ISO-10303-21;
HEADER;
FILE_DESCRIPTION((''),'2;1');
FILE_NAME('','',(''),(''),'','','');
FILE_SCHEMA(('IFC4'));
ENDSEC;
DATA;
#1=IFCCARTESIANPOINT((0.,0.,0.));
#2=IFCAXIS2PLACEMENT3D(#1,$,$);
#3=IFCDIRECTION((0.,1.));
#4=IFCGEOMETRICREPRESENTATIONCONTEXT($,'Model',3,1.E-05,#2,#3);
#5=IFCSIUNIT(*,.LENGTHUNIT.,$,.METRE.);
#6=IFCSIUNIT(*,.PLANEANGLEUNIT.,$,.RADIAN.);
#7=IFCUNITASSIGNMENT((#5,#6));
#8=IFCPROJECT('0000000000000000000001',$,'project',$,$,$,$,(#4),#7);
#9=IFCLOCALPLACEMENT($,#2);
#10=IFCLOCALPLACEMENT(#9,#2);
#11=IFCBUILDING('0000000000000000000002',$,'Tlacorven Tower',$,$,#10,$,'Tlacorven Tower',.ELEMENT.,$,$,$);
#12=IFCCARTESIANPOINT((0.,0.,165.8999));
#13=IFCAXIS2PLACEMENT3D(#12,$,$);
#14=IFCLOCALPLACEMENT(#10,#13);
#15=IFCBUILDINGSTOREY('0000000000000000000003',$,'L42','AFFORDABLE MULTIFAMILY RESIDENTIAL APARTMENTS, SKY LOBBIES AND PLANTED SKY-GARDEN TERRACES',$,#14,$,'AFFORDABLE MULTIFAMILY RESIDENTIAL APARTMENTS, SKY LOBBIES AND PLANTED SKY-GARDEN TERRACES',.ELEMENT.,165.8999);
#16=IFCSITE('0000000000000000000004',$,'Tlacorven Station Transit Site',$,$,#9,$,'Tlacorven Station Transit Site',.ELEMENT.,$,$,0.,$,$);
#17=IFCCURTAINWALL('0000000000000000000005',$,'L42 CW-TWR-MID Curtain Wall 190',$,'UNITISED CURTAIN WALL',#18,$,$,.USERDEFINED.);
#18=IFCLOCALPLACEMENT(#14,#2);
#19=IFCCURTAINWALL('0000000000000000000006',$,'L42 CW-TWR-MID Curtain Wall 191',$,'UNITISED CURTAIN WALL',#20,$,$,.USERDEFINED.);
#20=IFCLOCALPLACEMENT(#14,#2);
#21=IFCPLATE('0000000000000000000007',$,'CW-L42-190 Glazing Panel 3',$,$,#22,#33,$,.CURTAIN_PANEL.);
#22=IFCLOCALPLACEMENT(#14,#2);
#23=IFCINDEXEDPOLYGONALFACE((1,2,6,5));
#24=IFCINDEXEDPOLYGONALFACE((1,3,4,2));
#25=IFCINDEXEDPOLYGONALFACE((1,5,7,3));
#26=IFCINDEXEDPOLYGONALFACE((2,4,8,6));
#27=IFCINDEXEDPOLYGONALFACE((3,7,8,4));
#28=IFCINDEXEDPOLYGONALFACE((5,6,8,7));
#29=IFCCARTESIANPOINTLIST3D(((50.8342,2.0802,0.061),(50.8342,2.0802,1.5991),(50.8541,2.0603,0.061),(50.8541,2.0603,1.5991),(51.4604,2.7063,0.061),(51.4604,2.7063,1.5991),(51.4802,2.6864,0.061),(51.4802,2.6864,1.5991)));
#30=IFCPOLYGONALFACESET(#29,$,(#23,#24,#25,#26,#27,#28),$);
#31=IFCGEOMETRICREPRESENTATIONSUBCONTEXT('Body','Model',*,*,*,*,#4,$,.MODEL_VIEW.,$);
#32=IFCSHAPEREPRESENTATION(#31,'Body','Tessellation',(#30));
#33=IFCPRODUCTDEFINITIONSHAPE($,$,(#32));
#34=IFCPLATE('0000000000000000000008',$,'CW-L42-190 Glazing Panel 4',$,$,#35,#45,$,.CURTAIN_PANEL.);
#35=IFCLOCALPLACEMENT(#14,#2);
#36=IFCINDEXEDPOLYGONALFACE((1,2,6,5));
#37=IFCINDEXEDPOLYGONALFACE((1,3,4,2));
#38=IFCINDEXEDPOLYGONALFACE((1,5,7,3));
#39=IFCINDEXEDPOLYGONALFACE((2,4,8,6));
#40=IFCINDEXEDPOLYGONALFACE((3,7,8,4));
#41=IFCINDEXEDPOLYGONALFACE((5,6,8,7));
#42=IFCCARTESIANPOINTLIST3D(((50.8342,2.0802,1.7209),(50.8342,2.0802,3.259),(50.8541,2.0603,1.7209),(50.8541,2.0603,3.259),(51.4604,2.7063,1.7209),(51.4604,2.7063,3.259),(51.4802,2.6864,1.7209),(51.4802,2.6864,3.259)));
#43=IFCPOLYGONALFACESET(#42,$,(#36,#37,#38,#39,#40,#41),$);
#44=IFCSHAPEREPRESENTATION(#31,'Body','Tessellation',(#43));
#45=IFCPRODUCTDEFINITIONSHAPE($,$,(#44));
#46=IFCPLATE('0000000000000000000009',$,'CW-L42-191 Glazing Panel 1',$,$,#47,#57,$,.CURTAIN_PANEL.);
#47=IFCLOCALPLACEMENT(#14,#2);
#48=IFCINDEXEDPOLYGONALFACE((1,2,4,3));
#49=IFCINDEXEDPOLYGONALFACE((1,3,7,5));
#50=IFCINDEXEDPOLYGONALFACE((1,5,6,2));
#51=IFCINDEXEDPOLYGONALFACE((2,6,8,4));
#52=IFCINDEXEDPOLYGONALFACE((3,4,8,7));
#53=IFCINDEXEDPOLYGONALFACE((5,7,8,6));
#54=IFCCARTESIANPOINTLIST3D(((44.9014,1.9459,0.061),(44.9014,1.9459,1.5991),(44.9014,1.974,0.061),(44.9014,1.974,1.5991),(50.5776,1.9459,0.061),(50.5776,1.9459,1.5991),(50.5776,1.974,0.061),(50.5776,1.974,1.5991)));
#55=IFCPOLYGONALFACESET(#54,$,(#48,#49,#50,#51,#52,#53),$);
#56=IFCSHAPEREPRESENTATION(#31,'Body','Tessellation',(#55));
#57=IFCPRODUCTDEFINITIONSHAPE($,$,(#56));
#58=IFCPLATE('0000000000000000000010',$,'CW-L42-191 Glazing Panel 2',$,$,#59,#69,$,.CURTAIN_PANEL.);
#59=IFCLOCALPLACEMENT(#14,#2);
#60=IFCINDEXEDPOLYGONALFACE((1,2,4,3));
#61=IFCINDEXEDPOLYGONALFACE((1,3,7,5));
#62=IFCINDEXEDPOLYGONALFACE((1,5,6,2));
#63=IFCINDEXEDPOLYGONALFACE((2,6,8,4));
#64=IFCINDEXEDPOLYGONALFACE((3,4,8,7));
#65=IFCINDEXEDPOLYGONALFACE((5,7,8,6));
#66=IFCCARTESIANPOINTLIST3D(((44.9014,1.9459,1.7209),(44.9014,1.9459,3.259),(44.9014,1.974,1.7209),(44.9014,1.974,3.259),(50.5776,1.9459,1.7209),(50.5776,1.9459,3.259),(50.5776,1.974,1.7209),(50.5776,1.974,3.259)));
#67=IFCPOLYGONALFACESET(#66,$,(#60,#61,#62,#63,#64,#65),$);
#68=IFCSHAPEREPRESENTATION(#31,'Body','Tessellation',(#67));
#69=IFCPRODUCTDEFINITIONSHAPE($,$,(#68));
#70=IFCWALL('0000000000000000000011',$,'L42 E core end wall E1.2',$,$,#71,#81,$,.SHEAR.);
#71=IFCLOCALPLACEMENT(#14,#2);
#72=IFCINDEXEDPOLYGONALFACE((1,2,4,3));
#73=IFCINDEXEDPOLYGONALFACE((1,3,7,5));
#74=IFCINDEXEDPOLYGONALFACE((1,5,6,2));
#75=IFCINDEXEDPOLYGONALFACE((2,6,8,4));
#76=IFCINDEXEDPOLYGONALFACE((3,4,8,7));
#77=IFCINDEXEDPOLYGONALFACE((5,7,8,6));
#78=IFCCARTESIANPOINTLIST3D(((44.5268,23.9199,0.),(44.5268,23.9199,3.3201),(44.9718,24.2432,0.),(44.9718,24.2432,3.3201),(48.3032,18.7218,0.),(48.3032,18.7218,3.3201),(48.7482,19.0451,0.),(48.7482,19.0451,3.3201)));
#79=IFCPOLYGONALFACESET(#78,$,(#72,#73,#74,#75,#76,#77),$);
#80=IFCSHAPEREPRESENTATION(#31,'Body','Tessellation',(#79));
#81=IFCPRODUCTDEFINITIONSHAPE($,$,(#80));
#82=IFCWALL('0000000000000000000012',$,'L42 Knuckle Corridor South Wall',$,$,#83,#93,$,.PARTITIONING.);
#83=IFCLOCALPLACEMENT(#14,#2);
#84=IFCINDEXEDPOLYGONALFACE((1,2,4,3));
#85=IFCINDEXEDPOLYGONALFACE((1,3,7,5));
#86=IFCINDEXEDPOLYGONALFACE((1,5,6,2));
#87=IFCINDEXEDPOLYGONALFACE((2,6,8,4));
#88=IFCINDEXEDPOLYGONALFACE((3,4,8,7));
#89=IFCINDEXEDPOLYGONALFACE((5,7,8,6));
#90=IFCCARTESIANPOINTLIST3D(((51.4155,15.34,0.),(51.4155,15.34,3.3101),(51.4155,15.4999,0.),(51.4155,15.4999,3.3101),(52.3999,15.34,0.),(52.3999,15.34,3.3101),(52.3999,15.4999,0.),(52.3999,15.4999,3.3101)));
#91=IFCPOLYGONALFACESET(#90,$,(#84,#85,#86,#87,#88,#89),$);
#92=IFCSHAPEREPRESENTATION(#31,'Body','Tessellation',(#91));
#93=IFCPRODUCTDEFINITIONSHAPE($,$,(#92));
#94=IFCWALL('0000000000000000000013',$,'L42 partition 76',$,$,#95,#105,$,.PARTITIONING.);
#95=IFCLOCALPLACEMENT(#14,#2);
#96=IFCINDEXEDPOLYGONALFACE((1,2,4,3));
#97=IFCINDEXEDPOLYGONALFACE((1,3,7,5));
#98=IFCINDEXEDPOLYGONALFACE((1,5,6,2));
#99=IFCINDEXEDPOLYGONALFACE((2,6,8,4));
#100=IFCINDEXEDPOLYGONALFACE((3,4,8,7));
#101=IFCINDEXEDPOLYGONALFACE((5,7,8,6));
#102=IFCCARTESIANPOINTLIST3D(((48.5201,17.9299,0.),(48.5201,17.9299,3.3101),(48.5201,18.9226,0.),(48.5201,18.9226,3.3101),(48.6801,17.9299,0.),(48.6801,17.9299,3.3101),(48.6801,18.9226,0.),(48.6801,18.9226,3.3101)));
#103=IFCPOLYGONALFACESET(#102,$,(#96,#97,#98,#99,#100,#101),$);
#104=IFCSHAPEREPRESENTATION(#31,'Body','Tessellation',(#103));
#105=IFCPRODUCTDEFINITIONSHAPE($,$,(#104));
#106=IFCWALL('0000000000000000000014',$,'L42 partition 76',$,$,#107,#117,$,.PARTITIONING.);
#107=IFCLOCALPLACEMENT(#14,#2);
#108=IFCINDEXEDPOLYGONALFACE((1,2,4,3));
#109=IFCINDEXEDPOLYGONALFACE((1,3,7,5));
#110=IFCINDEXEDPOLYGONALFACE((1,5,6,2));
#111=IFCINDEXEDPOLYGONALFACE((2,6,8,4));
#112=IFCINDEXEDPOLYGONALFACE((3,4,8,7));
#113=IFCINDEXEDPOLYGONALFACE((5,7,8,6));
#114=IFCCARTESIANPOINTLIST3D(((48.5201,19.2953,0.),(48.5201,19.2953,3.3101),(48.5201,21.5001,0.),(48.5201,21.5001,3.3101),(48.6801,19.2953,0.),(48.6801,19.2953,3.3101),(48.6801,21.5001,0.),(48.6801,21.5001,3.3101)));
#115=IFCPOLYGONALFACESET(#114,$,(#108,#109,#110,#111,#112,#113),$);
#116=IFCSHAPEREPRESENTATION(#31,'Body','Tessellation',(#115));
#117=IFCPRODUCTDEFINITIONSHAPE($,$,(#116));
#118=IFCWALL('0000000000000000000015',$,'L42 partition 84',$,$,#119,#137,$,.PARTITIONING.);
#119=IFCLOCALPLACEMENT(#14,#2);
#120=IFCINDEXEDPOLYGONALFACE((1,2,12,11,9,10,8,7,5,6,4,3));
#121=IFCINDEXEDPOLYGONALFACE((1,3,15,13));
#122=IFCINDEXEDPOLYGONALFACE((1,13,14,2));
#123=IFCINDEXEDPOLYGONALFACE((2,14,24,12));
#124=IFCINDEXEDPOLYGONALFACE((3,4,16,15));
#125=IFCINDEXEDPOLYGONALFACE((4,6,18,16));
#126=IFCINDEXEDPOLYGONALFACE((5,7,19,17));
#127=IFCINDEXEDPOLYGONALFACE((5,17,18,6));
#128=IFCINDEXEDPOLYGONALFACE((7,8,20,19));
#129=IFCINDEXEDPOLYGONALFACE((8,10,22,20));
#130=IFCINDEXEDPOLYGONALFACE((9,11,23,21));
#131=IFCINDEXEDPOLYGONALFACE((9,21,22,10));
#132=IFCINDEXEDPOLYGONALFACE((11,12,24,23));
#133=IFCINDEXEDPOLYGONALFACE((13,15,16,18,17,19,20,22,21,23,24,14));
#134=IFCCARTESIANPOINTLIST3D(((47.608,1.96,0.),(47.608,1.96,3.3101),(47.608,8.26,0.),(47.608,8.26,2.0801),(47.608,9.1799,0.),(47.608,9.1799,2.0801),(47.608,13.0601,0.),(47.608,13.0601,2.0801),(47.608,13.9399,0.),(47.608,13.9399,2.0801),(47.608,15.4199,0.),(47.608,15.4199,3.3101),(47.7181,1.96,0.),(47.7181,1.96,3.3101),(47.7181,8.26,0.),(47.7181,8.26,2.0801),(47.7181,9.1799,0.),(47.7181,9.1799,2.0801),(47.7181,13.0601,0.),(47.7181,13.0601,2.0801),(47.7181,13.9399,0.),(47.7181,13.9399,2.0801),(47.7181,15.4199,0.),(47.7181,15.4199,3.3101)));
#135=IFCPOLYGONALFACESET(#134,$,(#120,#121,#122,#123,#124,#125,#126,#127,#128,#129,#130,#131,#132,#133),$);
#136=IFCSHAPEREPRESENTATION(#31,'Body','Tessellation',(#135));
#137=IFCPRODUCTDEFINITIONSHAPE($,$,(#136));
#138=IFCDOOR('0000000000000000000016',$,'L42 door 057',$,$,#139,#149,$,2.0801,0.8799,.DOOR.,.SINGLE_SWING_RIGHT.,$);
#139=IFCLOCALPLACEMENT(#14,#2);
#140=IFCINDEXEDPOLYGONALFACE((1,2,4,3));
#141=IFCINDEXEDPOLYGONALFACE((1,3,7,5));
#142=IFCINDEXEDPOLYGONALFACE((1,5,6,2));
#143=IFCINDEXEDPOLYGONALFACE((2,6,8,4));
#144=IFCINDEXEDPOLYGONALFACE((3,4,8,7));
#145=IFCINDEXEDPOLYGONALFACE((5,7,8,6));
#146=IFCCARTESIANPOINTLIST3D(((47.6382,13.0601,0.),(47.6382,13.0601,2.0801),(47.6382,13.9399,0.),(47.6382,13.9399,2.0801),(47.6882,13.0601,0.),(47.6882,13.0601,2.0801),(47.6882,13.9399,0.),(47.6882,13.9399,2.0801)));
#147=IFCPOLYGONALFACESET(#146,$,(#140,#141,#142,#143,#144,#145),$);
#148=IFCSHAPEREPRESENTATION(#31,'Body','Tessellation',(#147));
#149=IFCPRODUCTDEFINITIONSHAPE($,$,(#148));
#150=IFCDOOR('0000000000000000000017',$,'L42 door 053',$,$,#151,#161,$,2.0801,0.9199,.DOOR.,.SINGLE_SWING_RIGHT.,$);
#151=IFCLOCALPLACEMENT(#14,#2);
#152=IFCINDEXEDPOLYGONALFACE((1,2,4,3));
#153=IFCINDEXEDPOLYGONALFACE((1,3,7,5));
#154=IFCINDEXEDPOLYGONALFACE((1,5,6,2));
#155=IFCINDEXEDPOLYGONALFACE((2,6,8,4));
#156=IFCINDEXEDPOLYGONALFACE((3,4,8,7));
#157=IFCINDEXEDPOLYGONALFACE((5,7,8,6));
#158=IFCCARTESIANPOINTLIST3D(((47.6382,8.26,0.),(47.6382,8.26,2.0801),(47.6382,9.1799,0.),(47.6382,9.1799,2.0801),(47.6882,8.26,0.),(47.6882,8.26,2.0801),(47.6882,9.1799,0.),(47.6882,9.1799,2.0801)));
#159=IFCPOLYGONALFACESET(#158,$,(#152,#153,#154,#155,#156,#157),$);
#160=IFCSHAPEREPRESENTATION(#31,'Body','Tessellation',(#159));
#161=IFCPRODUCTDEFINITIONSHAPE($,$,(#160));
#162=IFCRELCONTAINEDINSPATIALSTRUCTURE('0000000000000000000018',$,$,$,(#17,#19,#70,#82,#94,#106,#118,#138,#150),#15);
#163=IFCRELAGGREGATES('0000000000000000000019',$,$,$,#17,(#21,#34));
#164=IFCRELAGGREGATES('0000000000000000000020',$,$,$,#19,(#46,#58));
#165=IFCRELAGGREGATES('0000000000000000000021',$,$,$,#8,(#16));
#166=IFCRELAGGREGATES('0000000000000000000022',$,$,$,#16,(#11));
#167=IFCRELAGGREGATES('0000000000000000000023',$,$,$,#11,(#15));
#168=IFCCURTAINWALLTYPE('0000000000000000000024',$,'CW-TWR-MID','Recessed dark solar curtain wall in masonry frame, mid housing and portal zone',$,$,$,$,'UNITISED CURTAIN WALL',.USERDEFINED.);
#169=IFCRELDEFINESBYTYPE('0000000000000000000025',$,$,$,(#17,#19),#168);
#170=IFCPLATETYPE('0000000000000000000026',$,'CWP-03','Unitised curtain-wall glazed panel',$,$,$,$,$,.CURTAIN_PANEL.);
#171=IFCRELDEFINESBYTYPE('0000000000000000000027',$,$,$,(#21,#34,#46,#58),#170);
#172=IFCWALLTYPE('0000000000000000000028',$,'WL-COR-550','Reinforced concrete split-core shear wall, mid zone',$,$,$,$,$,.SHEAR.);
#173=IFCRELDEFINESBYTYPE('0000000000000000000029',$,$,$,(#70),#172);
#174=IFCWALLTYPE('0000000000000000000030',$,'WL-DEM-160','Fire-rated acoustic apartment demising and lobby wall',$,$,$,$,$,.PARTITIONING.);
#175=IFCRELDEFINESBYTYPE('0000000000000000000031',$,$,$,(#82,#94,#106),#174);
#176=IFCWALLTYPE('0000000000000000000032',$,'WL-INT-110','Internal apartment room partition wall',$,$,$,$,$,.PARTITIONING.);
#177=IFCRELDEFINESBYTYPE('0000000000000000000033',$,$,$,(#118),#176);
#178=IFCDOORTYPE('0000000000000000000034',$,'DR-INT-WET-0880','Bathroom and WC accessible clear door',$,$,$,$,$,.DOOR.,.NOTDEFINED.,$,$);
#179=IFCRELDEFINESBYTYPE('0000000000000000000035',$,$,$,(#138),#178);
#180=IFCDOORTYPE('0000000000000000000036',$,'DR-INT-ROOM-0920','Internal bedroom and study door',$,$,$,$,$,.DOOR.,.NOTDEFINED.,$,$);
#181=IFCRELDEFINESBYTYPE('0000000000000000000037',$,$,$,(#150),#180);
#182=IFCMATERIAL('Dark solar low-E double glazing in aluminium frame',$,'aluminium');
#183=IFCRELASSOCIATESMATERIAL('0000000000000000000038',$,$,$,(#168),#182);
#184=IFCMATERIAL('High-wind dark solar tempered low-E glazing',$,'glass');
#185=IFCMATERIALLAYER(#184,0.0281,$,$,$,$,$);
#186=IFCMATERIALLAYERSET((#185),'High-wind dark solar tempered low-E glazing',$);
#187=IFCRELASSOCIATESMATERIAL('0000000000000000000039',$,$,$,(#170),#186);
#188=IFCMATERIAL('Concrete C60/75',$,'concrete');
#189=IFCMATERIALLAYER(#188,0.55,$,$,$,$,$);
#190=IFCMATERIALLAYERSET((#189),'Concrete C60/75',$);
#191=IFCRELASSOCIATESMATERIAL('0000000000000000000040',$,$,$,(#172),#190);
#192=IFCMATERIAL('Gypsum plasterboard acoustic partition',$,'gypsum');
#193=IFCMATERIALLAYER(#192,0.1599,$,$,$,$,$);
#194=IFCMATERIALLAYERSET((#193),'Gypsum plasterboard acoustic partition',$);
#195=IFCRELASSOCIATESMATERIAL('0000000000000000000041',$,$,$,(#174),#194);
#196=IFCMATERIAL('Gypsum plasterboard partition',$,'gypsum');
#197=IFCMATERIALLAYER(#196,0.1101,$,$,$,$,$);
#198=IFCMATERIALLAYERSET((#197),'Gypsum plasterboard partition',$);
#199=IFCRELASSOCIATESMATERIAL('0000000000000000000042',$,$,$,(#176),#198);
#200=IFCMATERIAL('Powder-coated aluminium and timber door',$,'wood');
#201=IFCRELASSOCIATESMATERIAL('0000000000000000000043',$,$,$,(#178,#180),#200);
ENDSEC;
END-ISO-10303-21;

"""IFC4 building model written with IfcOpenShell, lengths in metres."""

from ifc_helpers import new_model, si_unit, direction, frame, frame_2d, origin, origin_2d, place, context, subcontext, project, spatial, rectangle, extrude, source, transform, mapped, material, layer, layer_set, type_object, element, fill, aggregate, save


model = new_model("IFC4")

# Units and contexts
model_context = context("Model", 3, precision=1e-05, world=origin(), true_north=direction((0.0, 1.0)))
body_context = subcontext(model_context, "Body", "Model", "MODEL_VIEW")
ifc_project = project(units=[si_unit("LENGTHUNIT", "METRE"), si_unit("PLANEANGLEUNIT", "RADIAN")], contexts=[model_context])

# Site, building, storey
site_placement = place(None, origin())
site = spatial("IfcSite", under=ifc_project, at=site_placement, Name="Tlacorven Station Transit Site", LongName="Tlacorven Station Transit Site", CompositionType="ELEMENT", RefElevation=0.0)
building_placement = place(site_placement, origin())
building = spatial("IfcBuilding", under=site, at=building_placement, Name="Tlacorven Tower", LongName="Tlacorven Tower", CompositionType="ELEMENT")
storey_placement = place(building_placement, frame((0.0, 0.0, 165.8999)))
storey = spatial("IfcBuildingStorey", under=building, at=storey_placement, Name="L42", Description="AFFORDABLE MULTIFAMILY RESIDENTIAL APARTMENTS, SKY LOBBIES AND PLANTED SKY-GARDEN TERRACES", LongName="AFFORDABLE MULTIFAMILY RESIDENTIAL APARTMENTS, SKY LOBBIES AND PLANTED SKY-GARDEN TERRACES", CompositionType="ELEMENT", Elevation=165.8999)

# Shared definitions
ifc_material_1 = material(Name="Concrete C60/75", Category="concrete")

# Curtain walls
ifc_material_2 = material(Name="Dark solar low-E double glazing in aluminium frame", Category="aluminium")
curtain_wall_type = type_object("IfcCurtainWallType", Name="CW-TWR-MID", Description="Recessed dark solar curtain wall in masonry frame, mid housing and portal zone", ElementType="UNITISED CURTAIN WALL", PredefinedType="USERDEFINED", material=ifc_material_2)
curtain_wall_1_placement = place(storey_placement, origin())
curtain_wall_1 = element("IfcCurtainWall", 1, at=curtain_wall_1_placement, inside=storey, type_object=curtain_wall_type, Name="L42 CW-TWR-MID Curtain Wall 190", ObjectType="UNITISED CURTAIN WALL", PredefinedType="USERDEFINED")
curtain_wall_2_placement = place(storey_placement, origin())
curtain_wall_2 = element("IfcCurtainWall", 2, at=curtain_wall_2_placement, inside=storey, type_object=curtain_wall_type, Name="L42 CW-TWR-MID Curtain Wall 191", ObjectType="UNITISED CURTAIN WALL", PredefinedType="USERDEFINED")

# Plates
ifc_material_3 = material(Name="High-wind dark solar tempered low-E glazing", Category="glass")
ifc_layer_1 = layer(ifc_material_3, 0.0281)
ifc_layer_set_1 = layer_set([ifc_layer_1], Name="High-wind dark solar tempered low-E glazing")
plate_type = type_object("IfcPlateType", Name="CWP-03", Description="Unitised curtain-wall glazed panel", PredefinedType="CURTAIN_PANEL", material=ifc_layer_set_1)
shared_shape_1 = source(origin(), body_context, "Body", "SweptSolid", [
    extrude(rectangle(XDim=0.8855, YDim=0.0281, at=origin_2d()), origin(), (0.0, 0.0, 1.0), 1.5381),
])
plate_1_placement = place(storey_placement, frame((51.1572, 2.3833, 0.061), z_axis=(0.0, 0.0, 1.0), x_axis=(-0.707107, -0.707107, 0.0)))
plate_1 = element("IfcPlate", 3, at=plate_1_placement, type_object=plate_type, Name="CW-L42-190 Glazing Panel 3", PredefinedType="CURTAIN_PANEL", context=body_context, shape_type="MappedRepresentation", body=[
    mapped(shared_shape_1, transform((0.0, 0.0, 0.0), scale=1.0)),
])
plate_2_placement = place(storey_placement, frame((51.1572, 2.3833, 1.7209), z_axis=(0.0, 0.0, 1.0), x_axis=(-0.707107, -0.707107, 0.0)))
plate_2 = element("IfcPlate", 4, at=plate_2_placement, type_object=plate_type, Name="CW-L42-190 Glazing Panel 4", PredefinedType="CURTAIN_PANEL", context=body_context, shape_type="MappedRepresentation", body=[
    mapped(shared_shape_1, transform((0.0, 0.0, 0.0), scale=1.0)),
])
aggregate(curtain_wall_1, [plate_1, plate_2])
shared_shape_2 = source(origin(), body_context, "Body", "SweptSolid", [
    extrude(rectangle(XDim=5.6763, YDim=0.0281, at=origin_2d()), origin(), (0.0, 0.0, 1.0), 1.5381),
])
plate_3_placement = place(storey_placement, frame((47.7395, 1.96, 0.061), z_axis=(0.0, 0.0, 1.0), x_axis=(-1.0, 0.0, 0.0)))
plate_3 = element("IfcPlate", 5, at=plate_3_placement, type_object=plate_type, Name="CW-L42-191 Glazing Panel 1", PredefinedType="CURTAIN_PANEL", context=body_context, shape_type="MappedRepresentation", body=[
    mapped(shared_shape_2, transform((0.0, 0.0, 0.0), scale=1.0)),
])
plate_4_placement = place(storey_placement, frame((47.7395, 1.96, 1.7209), z_axis=(0.0, 0.0, 1.0), x_axis=(-1.0, 0.0, 0.0)))
plate_4 = element("IfcPlate", 6, at=plate_4_placement, type_object=plate_type, Name="CW-L42-191 Glazing Panel 2", PredefinedType="CURTAIN_PANEL", context=body_context, shape_type="MappedRepresentation", body=[
    mapped(shared_shape_2, transform((0.0, 0.0, 0.0), scale=1.0)),
])
aggregate(curtain_wall_2, [plate_3, plate_4])

# Walls
ifc_layer_2 = layer(ifc_material_1, 0.55)
ifc_layer_set_2 = layer_set([ifc_layer_2], Name="Concrete C60/75")
wall_type_1 = type_object("IfcWallType", Name="WL-COR-550", Description="Reinforced concrete split-core shear wall, mid zone", PredefinedType="SHEAR", material=ifc_layer_set_2)
wall_1_placement = place(storey_placement, frame((48.5256, 18.8835, 0.0), z_axis=(0.0, 0.0, 1.0), x_axis=(-0.587765, 0.809032, 0.0)))
element("IfcWall", 7, at=wall_1_placement, inside=storey, type_object=wall_type_1, Name="L42 E core end wall E1.2", PredefinedType="SHEAR", context=body_context, shape_type="SweptSolid", body=[
    extrude(rectangle(XDim=6.425, YDim=0.55, at=frame_2d((3.2124, 0.0))), origin(), (0.0, 0.0, 1.0), 3.3201),
])
ifc_material_4 = material(Name="Gypsum plasterboard acoustic partition", Category="gypsum")
ifc_layer_3 = layer(ifc_material_4, 0.1599)
ifc_layer_set_3 = layer_set([ifc_layer_3], Name="Gypsum plasterboard acoustic partition")
wall_type_2 = type_object("IfcWallType", Name="WL-DEM-160", Description="Fire-rated acoustic apartment demising and lobby wall", PredefinedType="PARTITIONING", material=ifc_layer_set_3)
wall_2_placement = place(storey_placement, frame((51.4155, 15.4199, 0.0), z_axis=(0.0, 0.0, 1.0), x_axis=(1.0, 0.0, 0.0)))
element("IfcWall", 8, at=wall_2_placement, inside=storey, type_object=wall_type_2, Name="L42 Knuckle Corridor South Wall", PredefinedType="PARTITIONING", context=body_context, shape_type="SweptSolid", body=[
    extrude(rectangle(XDim=0.9844, YDim=0.1599, at=frame_2d((0.4922, 0.0))), origin(), (0.0, 0.0, 1.0), 3.3101),
])
wall_3_placement = place(storey_placement, frame((48.6001, 17.9299, 0.0), z_axis=(0.0, 0.0, 1.0), x_axis=(0.0, 1.0, 0.0)))
element("IfcWall", 9, at=wall_3_placement, inside=storey, type_object=wall_type_2, Name="L42 partition 76", PredefinedType="PARTITIONING", context=body_context, shape_type="SweptSolid", body=[
    extrude(rectangle(XDim=0.9927, YDim=0.1599, at=frame_2d((0.4963, 0.0))), origin(), (0.0, 0.0, 1.0), 3.3101),
])
wall_4_placement = place(storey_placement, frame((48.6001, 19.2952, 0.0), z_axis=(0.0, 0.0, 1.0), x_axis=(0.0, 1.0, 0.0)))
element("IfcWall", 10, at=wall_4_placement, inside=storey, type_object=wall_type_2, Name="L42 partition 76", PredefinedType="PARTITIONING", context=body_context, shape_type="SweptSolid", body=[
    extrude(rectangle(XDim=2.2048, YDim=0.1599, at=frame_2d((1.1025, 0.0))), origin(), (0.0, 0.0, 1.0), 3.3101),
])

# Wall, openings, doors
ifc_material_5 = material(Name="Gypsum plasterboard partition", Category="gypsum")
ifc_layer_4 = layer(ifc_material_5, 0.1101)
ifc_layer_set_4 = layer_set([ifc_layer_4], Name="Gypsum plasterboard partition")
wall_type_3 = type_object("IfcWallType", Name="WL-INT-110", Description="Internal apartment room partition wall", PredefinedType="PARTITIONING", material=ifc_layer_set_4)
wall_5_placement = place(storey_placement, frame((47.6631, 1.96, 0.0), z_axis=(0.0, 0.0, 1.0), x_axis=(0.0, 1.0, 0.0)))
wall_5 = element("IfcWall", 11, at=wall_5_placement, inside=storey, type_object=wall_type_3, Name="L42 partition 84", PredefinedType="PARTITIONING", context=body_context, shape_type="SweptSolid", body=[
    extrude(rectangle(XDim=13.46, YDim=0.1101, at=frame_2d((6.73, 0.0))), origin(), (0.0, 0.0, 1.0), 3.3101),
])
opening_1_placement = place(wall_5_placement, frame((6.3, 0.0, 0.0)))
opening_1 = element("IfcOpeningElement", 12, at=opening_1_placement, cuts=wall_5, PredefinedType="OPENING", context=body_context, shape_type="SweptSolid", body=[
    extrude(rectangle(XDim=0.9199, YDim=2.0801, at=frame_2d((0.46, 1.04))), frame((0.0, 0.0649, 0.0), z_axis=(0.0, -1.0, 0.0), x_axis=(1.0, 0.0, 0.0)), (0.0, 0.0, 1.0), 0.1301),
])
opening_2_placement = place(wall_5_placement, frame((11.1001, 0.0, 0.0)))
opening_2 = element("IfcOpeningElement", 13, at=opening_2_placement, cuts=wall_5, PredefinedType="OPENING", context=body_context, shape_type="SweptSolid", body=[
    extrude(rectangle(XDim=0.8799, YDim=2.0801, at=frame_2d((0.4399, 1.04))), frame((0.0, 0.0649, 0.0), z_axis=(0.0, -1.0, 0.0), x_axis=(1.0, 0.0, 0.0)), (0.0, 0.0, 1.0), 0.1301),
])
ifc_material_6 = material(Name="Powder-coated aluminium and timber door", Category="wood")
door_type_1 = type_object("IfcDoorType", Name="DR-INT-WET-0880", Description="Bathroom and WC accessible clear door", OperationType="NOTDEFINED", PredefinedType="DOOR", material=ifc_material_6)
shared_shape_3 = source(origin(), body_context, "Body", "SweptSolid", [
    extrude(rectangle(XDim=0.8799, YDim=2.0801, at=frame_2d((0.4399, 1.04))), frame((0.0, 0.0249, 0.0), z_axis=(0.0, -1.0, 0.0), x_axis=(1.0, 0.0, 0.0)), (0.0, 0.0, 1.0), 0.05),
])
door_1_placement = place(opening_2_placement, origin())
door_1 = element("IfcDoor", 14, at=door_1_placement, inside=storey, type_object=door_type_1, Name="L42 door 057", OperationType="SINGLE_SWING_RIGHT", OverallHeight=2.0801, OverallWidth=0.8799, PredefinedType="DOOR", context=body_context, shape_type="MappedRepresentation", body=[
    mapped(shared_shape_3, transform((0.0, 0.0, 0.0), scale=1.0)),
])
fill(opening_2, door_1)
door_type_2 = type_object("IfcDoorType", Name="DR-INT-ROOM-0920", Description="Internal bedroom and study door", OperationType="NOTDEFINED", PredefinedType="DOOR", material=ifc_material_6)
shared_shape_4 = source(origin(), body_context, "Body", "SweptSolid", [
    extrude(rectangle(XDim=0.9199, YDim=2.0801, at=frame_2d((0.46, 1.04))), frame((0.0, 0.0249, 0.0), z_axis=(0.0, -1.0, 0.0), x_axis=(1.0, 0.0, 0.0)), (0.0, 0.0, 1.0), 0.05),
])
door_2_placement = place(opening_1_placement, origin())
door_2 = element("IfcDoor", 15, at=door_2_placement, inside=storey, type_object=door_type_2, Name="L42 door 053", OperationType="SINGLE_SWING_RIGHT", OverallHeight=2.0801, OverallWidth=0.9199, PredefinedType="DOOR", context=body_context, shape_type="MappedRepresentation", body=[
    mapped(shared_shape_4, transform((0.0, 0.0, 0.0), scale=1.0)),
])
fill(opening_1, door_2)

save(model, "model.ifc")
